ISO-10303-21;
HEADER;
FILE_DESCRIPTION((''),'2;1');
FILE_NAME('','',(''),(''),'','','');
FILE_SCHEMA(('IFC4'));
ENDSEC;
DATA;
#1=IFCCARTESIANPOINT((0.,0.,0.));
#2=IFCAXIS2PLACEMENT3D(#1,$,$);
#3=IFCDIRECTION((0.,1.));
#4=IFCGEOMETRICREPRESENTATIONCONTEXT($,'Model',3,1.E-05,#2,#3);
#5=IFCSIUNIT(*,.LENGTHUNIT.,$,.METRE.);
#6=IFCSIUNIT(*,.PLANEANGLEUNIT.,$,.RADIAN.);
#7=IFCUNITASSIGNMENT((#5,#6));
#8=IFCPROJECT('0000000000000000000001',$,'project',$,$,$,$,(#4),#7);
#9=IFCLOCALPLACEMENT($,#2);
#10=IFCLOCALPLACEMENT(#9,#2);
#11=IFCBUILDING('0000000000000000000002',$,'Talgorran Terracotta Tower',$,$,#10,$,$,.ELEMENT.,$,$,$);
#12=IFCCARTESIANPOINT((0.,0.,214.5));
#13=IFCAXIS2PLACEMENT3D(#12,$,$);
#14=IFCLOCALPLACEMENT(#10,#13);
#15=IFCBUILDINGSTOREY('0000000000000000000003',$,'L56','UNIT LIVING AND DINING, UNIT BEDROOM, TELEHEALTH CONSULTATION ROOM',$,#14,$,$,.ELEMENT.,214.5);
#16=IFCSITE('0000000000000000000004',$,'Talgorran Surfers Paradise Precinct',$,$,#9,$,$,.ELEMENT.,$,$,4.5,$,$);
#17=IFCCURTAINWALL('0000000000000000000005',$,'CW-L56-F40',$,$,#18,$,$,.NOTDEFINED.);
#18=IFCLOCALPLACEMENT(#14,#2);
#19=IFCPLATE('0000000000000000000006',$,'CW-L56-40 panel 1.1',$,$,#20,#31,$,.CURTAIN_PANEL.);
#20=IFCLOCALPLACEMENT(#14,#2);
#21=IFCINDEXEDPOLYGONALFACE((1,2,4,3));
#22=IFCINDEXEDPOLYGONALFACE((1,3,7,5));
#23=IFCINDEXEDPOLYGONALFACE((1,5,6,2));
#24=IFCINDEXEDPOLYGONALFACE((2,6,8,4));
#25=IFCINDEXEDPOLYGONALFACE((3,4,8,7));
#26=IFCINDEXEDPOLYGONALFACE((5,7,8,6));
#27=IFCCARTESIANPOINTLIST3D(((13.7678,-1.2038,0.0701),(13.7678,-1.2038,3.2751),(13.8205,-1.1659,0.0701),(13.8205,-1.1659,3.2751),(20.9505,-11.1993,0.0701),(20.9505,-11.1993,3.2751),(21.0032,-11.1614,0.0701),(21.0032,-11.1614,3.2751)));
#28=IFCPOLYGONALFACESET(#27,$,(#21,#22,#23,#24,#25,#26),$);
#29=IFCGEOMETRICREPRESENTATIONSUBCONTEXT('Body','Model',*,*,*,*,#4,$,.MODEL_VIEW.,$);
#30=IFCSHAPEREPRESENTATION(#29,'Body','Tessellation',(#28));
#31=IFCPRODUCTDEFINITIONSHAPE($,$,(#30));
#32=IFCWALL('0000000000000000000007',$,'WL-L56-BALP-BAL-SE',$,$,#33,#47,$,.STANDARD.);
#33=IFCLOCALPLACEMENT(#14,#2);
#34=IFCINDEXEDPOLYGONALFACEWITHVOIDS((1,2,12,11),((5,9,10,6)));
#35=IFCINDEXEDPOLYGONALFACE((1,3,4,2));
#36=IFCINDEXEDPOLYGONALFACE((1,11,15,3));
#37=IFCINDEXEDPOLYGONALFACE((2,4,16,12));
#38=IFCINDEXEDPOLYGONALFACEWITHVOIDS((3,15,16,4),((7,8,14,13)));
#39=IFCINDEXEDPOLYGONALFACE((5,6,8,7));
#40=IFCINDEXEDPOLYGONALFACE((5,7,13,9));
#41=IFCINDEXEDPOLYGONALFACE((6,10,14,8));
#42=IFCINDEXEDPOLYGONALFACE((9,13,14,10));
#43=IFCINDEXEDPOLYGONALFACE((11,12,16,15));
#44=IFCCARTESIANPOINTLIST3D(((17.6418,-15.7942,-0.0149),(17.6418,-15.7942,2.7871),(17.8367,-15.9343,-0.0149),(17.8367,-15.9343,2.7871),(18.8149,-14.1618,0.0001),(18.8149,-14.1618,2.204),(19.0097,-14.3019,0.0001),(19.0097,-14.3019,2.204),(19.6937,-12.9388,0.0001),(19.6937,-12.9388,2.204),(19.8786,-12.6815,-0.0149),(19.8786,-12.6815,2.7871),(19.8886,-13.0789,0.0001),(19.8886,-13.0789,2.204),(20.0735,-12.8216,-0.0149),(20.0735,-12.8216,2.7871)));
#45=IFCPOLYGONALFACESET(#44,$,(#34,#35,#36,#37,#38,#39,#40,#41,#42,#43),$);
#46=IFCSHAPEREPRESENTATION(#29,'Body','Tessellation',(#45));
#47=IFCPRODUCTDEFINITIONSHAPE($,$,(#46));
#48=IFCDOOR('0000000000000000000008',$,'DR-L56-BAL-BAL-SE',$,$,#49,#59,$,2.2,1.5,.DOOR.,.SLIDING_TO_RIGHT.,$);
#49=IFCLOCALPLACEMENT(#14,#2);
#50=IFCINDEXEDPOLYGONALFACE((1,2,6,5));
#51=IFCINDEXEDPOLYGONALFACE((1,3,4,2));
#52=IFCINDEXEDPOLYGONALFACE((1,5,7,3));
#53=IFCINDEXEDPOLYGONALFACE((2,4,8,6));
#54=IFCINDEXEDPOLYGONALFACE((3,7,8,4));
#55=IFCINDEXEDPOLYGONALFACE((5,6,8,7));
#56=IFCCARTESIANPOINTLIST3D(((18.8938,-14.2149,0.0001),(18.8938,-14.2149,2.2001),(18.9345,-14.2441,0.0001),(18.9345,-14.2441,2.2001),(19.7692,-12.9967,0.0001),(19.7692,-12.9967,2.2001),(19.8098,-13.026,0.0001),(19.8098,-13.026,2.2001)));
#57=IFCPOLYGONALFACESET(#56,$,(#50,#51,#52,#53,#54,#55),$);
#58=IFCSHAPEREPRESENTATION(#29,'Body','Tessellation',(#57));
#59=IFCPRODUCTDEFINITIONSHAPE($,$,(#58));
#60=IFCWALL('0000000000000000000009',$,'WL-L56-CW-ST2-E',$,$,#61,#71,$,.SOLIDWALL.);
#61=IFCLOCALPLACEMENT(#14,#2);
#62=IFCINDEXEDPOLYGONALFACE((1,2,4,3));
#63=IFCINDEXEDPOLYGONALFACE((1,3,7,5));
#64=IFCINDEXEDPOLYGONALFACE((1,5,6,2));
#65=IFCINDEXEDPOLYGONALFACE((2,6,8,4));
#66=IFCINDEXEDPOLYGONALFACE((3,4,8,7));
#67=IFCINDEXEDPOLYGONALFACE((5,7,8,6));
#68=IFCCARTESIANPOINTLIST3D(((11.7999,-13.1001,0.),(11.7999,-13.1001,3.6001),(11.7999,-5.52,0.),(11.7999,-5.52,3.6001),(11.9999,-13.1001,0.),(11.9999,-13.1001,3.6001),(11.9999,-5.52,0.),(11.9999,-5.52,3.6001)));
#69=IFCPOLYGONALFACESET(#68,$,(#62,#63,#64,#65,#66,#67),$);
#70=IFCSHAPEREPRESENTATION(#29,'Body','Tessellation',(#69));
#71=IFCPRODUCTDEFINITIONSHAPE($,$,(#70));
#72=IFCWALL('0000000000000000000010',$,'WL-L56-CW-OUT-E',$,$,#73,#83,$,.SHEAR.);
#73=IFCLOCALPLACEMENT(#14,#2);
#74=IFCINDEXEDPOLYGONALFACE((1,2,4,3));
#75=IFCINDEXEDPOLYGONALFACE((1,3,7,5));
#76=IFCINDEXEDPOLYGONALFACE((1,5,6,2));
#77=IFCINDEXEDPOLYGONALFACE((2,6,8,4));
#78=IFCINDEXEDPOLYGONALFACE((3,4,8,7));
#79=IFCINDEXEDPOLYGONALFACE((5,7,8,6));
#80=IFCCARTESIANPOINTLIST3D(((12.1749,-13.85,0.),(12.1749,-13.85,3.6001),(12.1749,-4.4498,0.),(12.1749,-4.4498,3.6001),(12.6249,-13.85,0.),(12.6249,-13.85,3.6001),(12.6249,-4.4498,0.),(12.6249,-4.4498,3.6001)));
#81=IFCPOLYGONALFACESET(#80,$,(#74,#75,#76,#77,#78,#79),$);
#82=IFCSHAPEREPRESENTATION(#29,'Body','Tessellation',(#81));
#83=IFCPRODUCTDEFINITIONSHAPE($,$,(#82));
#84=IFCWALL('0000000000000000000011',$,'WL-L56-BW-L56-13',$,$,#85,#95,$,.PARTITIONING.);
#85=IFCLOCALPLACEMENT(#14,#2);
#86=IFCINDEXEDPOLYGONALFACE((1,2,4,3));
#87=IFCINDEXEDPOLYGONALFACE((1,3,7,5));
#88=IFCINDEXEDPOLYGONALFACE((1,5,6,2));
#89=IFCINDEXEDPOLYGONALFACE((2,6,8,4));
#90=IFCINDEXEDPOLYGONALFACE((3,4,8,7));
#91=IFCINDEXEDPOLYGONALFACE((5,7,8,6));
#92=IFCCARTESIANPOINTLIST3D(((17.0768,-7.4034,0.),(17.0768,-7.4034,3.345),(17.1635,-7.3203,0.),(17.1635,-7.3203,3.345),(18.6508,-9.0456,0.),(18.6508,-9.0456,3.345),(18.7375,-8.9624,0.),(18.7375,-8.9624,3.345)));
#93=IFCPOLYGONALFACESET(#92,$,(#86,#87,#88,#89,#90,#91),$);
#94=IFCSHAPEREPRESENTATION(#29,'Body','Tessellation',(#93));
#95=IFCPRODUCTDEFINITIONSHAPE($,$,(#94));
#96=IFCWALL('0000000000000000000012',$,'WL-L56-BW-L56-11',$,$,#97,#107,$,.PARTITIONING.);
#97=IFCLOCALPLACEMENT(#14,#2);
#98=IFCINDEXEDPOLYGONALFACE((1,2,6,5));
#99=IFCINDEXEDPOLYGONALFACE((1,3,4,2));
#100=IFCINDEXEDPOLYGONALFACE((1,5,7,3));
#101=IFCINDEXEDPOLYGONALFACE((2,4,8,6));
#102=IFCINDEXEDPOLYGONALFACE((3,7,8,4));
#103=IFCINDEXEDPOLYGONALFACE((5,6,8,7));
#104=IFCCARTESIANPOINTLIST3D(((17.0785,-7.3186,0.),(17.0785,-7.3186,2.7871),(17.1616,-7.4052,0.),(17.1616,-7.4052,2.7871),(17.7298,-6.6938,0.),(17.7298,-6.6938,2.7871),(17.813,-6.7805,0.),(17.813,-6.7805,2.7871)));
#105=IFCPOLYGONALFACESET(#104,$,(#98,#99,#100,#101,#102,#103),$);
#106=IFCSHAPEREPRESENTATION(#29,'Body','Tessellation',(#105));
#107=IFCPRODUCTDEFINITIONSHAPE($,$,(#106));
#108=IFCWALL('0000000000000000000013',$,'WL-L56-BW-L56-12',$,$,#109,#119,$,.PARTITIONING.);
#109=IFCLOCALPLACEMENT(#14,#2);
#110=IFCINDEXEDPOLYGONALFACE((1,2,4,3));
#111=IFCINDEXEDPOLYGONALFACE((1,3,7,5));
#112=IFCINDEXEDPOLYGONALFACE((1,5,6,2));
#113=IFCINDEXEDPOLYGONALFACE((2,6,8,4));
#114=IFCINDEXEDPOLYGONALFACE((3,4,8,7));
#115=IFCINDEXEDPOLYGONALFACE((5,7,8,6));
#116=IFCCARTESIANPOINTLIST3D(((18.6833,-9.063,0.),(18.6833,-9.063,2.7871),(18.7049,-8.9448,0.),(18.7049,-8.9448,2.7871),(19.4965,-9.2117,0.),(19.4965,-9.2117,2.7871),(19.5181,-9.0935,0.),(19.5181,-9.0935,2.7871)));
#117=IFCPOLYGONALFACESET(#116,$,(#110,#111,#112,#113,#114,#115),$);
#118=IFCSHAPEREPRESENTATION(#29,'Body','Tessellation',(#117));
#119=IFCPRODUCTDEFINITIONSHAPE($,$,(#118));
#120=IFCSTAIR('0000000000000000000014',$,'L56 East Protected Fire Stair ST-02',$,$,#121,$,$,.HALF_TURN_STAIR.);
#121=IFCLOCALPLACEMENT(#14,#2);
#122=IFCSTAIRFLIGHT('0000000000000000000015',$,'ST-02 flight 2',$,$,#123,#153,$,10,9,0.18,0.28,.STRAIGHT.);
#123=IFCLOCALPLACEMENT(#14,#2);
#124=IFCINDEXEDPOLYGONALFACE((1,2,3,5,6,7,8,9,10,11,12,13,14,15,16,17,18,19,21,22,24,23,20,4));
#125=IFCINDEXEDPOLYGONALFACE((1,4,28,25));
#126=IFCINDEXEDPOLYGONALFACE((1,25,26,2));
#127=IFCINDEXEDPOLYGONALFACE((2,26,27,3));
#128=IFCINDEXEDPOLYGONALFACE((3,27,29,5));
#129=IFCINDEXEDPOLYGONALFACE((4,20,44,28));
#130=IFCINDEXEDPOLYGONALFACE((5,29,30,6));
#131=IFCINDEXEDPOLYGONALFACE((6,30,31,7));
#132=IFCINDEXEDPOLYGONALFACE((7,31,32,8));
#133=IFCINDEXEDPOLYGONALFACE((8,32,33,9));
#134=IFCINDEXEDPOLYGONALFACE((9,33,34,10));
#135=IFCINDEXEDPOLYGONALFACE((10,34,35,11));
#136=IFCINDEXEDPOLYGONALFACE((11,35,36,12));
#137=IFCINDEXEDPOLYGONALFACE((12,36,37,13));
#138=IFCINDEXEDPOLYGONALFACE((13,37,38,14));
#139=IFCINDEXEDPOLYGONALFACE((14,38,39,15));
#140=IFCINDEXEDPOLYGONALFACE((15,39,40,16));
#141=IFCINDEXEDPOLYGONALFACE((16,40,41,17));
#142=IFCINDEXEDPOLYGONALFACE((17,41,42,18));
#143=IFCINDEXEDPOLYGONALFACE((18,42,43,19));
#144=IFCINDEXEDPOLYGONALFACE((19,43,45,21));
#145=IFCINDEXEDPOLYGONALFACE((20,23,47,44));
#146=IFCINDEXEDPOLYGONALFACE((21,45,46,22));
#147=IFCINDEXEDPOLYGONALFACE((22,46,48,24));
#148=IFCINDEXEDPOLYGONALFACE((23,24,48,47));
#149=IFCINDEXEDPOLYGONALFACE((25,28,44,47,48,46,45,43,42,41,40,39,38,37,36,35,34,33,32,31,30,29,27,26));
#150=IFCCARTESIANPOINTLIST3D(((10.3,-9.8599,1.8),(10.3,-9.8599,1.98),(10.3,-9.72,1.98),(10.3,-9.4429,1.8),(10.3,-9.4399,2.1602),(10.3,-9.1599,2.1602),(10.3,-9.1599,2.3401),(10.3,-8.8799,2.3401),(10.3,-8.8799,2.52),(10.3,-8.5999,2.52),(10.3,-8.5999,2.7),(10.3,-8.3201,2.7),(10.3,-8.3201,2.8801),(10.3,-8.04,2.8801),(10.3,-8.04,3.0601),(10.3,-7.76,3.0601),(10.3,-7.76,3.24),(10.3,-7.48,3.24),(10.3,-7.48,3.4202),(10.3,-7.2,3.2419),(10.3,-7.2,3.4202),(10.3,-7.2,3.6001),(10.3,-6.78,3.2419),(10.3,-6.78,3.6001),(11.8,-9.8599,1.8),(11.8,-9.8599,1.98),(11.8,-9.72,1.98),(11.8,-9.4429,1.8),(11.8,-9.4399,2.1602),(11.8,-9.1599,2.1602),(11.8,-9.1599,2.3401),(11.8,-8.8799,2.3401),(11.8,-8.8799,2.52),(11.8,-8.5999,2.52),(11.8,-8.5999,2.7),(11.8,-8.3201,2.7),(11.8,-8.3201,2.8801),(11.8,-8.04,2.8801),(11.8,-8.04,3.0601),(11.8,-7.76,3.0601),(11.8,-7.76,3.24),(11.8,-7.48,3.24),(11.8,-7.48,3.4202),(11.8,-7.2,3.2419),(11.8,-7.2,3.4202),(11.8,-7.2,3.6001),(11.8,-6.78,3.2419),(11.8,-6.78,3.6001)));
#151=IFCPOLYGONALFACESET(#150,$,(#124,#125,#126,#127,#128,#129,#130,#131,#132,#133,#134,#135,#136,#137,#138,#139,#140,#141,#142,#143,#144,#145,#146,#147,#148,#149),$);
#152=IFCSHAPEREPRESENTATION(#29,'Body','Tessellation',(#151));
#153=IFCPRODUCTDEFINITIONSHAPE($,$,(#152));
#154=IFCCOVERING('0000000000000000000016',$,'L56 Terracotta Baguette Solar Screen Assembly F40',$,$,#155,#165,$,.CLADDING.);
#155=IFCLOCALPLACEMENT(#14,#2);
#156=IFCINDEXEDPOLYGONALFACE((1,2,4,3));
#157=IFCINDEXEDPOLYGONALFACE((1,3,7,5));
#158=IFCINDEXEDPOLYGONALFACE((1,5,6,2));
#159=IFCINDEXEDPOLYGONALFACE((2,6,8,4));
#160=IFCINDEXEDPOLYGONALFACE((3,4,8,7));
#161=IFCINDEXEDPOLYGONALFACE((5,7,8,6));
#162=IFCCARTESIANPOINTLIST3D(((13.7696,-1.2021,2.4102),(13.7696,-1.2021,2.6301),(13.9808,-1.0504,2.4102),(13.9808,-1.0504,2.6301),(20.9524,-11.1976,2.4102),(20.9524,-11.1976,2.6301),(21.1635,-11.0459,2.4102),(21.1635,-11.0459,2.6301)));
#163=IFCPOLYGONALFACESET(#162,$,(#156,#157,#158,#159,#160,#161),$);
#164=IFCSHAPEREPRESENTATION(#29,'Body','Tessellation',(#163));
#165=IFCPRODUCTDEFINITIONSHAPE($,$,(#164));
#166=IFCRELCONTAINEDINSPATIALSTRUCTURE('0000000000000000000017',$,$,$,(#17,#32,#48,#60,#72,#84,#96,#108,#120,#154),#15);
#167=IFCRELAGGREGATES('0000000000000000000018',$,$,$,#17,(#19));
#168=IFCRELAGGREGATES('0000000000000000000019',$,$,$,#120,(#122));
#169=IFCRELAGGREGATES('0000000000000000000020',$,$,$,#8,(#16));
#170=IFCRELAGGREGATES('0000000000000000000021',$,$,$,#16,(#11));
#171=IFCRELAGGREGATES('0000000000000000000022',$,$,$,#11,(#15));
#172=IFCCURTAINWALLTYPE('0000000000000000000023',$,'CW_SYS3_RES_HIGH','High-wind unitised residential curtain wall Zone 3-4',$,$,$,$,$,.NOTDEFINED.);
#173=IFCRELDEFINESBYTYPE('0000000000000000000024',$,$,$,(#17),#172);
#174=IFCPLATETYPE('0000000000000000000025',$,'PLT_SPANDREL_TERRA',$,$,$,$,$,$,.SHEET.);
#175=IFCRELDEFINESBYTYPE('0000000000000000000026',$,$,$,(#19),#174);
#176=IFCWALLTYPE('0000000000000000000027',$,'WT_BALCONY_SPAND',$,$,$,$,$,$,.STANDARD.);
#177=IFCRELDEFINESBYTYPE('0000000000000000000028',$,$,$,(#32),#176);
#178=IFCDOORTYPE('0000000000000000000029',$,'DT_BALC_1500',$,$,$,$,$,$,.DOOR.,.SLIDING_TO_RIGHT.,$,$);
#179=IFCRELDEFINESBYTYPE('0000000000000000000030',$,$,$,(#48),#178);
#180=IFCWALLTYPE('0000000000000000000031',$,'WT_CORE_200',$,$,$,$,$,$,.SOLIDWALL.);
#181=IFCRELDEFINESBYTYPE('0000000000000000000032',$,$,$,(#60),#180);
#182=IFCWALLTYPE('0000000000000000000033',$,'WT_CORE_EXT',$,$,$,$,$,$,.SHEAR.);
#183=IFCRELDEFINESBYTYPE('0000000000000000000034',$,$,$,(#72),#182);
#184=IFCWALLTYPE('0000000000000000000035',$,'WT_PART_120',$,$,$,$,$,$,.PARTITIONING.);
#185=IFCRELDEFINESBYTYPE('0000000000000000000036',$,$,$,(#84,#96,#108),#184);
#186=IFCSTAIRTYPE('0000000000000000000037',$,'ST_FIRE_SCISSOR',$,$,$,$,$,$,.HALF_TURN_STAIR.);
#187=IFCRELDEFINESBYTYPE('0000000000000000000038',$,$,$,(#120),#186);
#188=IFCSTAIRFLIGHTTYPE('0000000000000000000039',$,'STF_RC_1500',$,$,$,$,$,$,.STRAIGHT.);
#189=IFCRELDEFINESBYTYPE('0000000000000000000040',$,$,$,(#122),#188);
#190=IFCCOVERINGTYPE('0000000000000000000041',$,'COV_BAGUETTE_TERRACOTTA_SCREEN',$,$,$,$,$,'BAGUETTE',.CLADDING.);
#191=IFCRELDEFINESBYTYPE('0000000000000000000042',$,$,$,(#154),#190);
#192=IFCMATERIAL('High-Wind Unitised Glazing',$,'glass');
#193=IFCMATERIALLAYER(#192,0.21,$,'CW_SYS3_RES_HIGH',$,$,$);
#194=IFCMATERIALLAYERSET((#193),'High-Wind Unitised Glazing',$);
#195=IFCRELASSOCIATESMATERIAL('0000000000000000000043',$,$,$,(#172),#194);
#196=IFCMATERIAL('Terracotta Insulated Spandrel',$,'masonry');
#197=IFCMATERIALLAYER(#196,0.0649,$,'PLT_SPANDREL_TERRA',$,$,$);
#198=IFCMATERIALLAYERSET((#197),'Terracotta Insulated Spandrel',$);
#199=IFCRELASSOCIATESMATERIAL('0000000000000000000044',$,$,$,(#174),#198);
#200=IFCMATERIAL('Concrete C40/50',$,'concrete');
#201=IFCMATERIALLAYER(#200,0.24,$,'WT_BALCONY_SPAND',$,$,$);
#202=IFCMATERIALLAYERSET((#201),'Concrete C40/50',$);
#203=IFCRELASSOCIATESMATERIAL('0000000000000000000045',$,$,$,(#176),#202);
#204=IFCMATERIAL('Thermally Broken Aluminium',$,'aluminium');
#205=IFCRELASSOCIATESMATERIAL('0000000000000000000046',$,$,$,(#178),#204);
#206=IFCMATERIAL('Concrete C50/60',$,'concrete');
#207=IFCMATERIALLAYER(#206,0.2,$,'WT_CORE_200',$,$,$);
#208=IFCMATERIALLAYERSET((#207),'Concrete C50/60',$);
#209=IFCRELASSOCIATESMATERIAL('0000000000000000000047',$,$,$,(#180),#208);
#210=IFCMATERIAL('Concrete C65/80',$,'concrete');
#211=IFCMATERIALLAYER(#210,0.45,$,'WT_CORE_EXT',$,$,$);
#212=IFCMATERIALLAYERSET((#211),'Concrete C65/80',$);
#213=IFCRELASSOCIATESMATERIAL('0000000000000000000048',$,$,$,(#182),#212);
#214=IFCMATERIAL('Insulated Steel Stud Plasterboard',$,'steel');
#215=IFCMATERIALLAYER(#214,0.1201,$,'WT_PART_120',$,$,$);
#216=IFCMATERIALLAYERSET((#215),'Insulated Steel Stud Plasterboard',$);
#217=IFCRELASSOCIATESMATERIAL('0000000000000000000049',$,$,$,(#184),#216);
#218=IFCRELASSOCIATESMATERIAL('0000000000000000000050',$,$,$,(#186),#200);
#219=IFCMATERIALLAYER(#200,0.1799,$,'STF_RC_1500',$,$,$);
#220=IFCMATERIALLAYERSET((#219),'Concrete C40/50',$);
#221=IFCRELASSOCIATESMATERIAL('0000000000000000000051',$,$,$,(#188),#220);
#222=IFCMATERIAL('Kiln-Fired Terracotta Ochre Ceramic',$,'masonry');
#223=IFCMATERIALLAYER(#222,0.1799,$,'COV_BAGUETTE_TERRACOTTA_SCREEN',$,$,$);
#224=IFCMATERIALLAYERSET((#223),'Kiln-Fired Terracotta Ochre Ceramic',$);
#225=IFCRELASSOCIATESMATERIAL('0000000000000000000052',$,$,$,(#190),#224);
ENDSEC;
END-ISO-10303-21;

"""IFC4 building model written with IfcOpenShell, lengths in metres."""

from ifc_helpers import new_model, si_unit, direction, frame, frame_2d, origin, origin_2d, place, context, subcontext, project, spatial, polyline, rectangle, outline, extrude, source, transform, mapped, material, layer, layer_set, type_object, element, fill, aggregate, save


model = new_model("IFC4")

# Units and contexts
model_context = context("Model", 3, precision=1e-05, world=origin(), true_north=direction((0.0, 1.0)))
body_context = subcontext(model_context, "Body", "Model", "MODEL_VIEW")
ifc_project = project(units=[si_unit("LENGTHUNIT", "METRE"), si_unit("PLANEANGLEUNIT", "RADIAN")], contexts=[model_context])

# Site, building, storey
site_placement = place(None, origin())
site = spatial("IfcSite", under=ifc_project, at=site_placement, Name="Talgorran Surfers Paradise Precinct", CompositionType="ELEMENT", RefElevation=4.5)
building_placement = place(site_placement, origin())
building = spatial("IfcBuilding", under=site, at=building_placement, Name="Talgorran Terracotta Tower", CompositionType="ELEMENT")
storey_placement = place(building_placement, frame((0.0, 0.0, 214.5)))
storey = spatial("IfcBuildingStorey", under=building, at=storey_placement, Name="L56", Description="UNIT LIVING AND DINING, UNIT BEDROOM, TELEHEALTH CONSULTATION ROOM", CompositionType="ELEMENT", Elevation=214.5)

# Shared definitions
ifc_material_1 = material(Name="High-Wind Unitised Glazing", Category="glass")
ifc_layer_1 = layer(ifc_material_1, 0.21, Name="CW_SYS3_RES_HIGH")
ifc_layer_set_1 = layer_set([ifc_layer_1], Name="High-Wind Unitised Glazing")
curtain_wall_type = type_object("IfcCurtainWallType", Name="CW_SYS3_RES_HIGH", Description="High-wind unitised residential curtain wall Zone 3-4", PredefinedType="NOTDEFINED", material=ifc_layer_set_1)

# Curtain wall
curtain_wall_1_placement = place(storey_placement, origin())
curtain_wall_1 = element("IfcCurtainWall", 1, at=curtain_wall_1_placement, inside=storey, type_object=curtain_wall_type, Name="CW-L56-F40", PredefinedType="NOTDEFINED")

# Plate
ifc_material_2 = material(Name="Terracotta Insulated Spandrel", Category="masonry")
ifc_layer_2 = layer(ifc_material_2, 0.0649, Name="PLT_SPANDREL_TERRA")
ifc_layer_set_2 = layer_set([ifc_layer_2], Name="Terracotta Insulated Spandrel")
plate_type_1 = type_object("IfcPlateType", Name="PLT_SPANDREL_TERRA", PredefinedType="SHEET", material=ifc_layer_set_2)
shared_shape_1 = source(origin(), body_context, "Body", "SweptSolid", [
    extrude(rectangle(XDim=12.3086, YDim=0.0649, at=origin_2d()), origin(), (0.0, 0.0, 1.0), 3.2051),
])
plate_1_placement = place(storey_placement, frame((17.3855, -6.1826, 0.0701), z_axis=(0.0, 0.0, 1.0), x_axis=(-0.583552, 0.812076, 0.0)))
plate_1 = element("IfcPlate", 2, at=plate_1_placement, type_object=plate_type_1, Name="CW-L56-40 panel 1.1", PredefinedType="CURTAIN_PANEL", context=body_context, shape_type="MappedRepresentation", body=[
    mapped(shared_shape_1, transform((0.0, 0.0, 0.0), scale=1.0)),
])
aggregate(curtain_wall_1, [plate_1])

# Wall, opening, door
ifc_material_3 = material(Name="Concrete C40/50", Category="concrete")
ifc_layer_3 = layer(ifc_material_3, 0.24, Name="WT_BALCONY_SPAND")
ifc_layer_set_3 = layer_set([ifc_layer_3], Name="Concrete C40/50")
wall_type_1 = type_object("IfcWallType", Name="WT_BALCONY_SPAND", PredefinedType="STANDARD", material=ifc_layer_set_3)
wall_1_placement = place(storey_placement, frame((17.7393, -15.8643, -0.0149), z_axis=(0.0, 0.0, 1.0), x_axis=(0.583549, 0.812078, 0.0)))
wall_1 = element("IfcWall", 3, at=wall_1_placement, inside=storey, type_object=wall_type_1, Name="WL-L56-BALP-BAL-SE", PredefinedType="STANDARD", context=body_context, shape_type="SweptSolid", body=[
    extrude(rectangle(XDim=3.833, YDim=0.24, at=frame_2d((1.9165, 0.0))), origin(), (0.0, 0.0, 1.0), 2.802),
])
opening_placement = place(wall_1_placement, frame((2.0132, 0.0, 0.0149)))
opening = element("IfcOpeningElement", 4, at=opening_placement, cuts=wall_1, PredefinedType="OPENING", context=body_context, shape_type="SweptSolid", body=[
    extrude(rectangle(XDim=1.506, YDim=2.204, at=frame_2d((0.75, 1.1021))), frame((0.0, 0.1299, 0.0), z_axis=(0.0, -1.0, 0.0), x_axis=(1.0, 0.0, 0.0)), (0.0, 0.0, 1.0), 0.26),
])
ifc_material_4 = material(Name="Thermally Broken Aluminium", Category="aluminium")
door_type = type_object("IfcDoorType", Name="DT_BALC_1500", OperationType="SLIDING_TO_RIGHT", PredefinedType="DOOR", material=ifc_material_4)
door_placement = place(opening_placement, origin())
door = element("IfcDoor", 5, at=door_placement, inside=storey, type_object=door_type, Name="DR-L56-BAL-BAL-SE", OperationType="SLIDING_TO_RIGHT", OverallHeight=2.2, OverallWidth=1.5, PredefinedType="DOOR", context=body_context, shape_type="SweptSolid", body=[
    extrude(rectangle(XDim=1.5, YDim=2.2, at=frame_2d((0.75, 1.1001))), frame((0.0, 0.0249, 0.0), z_axis=(0.0, -1.0, 0.0), x_axis=(1.0, 0.0, 0.0)), (0.0, 0.0, 1.0), 0.05),
])
fill(opening, door)

# Walls
ifc_material_5 = material(Name="Concrete C50/60", Category="concrete")
ifc_layer_4 = layer(ifc_material_5, 0.2, Name="WT_CORE_200")
ifc_layer_set_4 = layer_set([ifc_layer_4], Name="Concrete C50/60")
wall_type_2 = type_object("IfcWallType", Name="WT_CORE_200", PredefinedType="SOLIDWALL", material=ifc_layer_set_4)
wall_2_placement = place(storey_placement, frame((11.8999, -13.1001, 0.0), z_axis=(0.0, 0.0, 1.0), x_axis=(0.0, 1.0, 0.0)))
element("IfcWall", 6, at=wall_2_placement, inside=storey, type_object=wall_type_2, Name="WL-L56-CW-ST2-E", PredefinedType="SOLIDWALL", context=body_context, shape_type="SweptSolid", body=[
    extrude(rectangle(XDim=7.5801, YDim=0.2, at=frame_2d((3.79, 0.0))), origin(), (0.0, 0.0, 1.0), 3.6001),
])
ifc_material_6 = material(Name="Concrete C65/80", Category="concrete")
ifc_layer_5 = layer(ifc_material_6, 0.45, Name="WT_CORE_EXT")
ifc_layer_set_5 = layer_set([ifc_layer_5], Name="Concrete C65/80")
wall_type_3 = type_object("IfcWallType", Name="WT_CORE_EXT", PredefinedType="SHEAR", material=ifc_layer_set_5)
wall_3_placement = place(storey_placement, frame((12.3999, -13.8501, 0.0), z_axis=(0.0, 0.0, 1.0), x_axis=(0.0, 1.0, 0.0)))
element("IfcWall", 7, at=wall_3_placement, inside=storey, type_object=wall_type_3, Name="WL-L56-CW-OUT-E", PredefinedType="SHEAR", context=body_context, shape_type="SweptSolid", body=[
    extrude(rectangle(XDim=9.4001, YDim=0.45, at=frame_2d((4.7002, 0.0))), origin(), (0.0, 0.0, 1.0), 3.6001),
])
ifc_material_7 = material(Name="Insulated Steel Stud Plasterboard", Category="steel")
ifc_layer_6 = layer(ifc_material_7, 0.1201, Name="WT_PART_120")
ifc_layer_set_6 = layer_set([ifc_layer_6], Name="Insulated Steel Stud Plasterboard")
wall_type_4 = type_object("IfcWallType", Name="WT_PART_120", PredefinedType="PARTITIONING", material=ifc_layer_set_6)
wall_4_placement = place(storey_placement, frame((18.6941, -9.0039, 0.0), z_axis=(0.0, 0.0, 1.0), x_axis=(-0.691975, 0.721921, 0.0)))
element("IfcWall", 8, at=wall_4_placement, inside=storey, type_object=wall_type_4, Name="WL-L56-BW-L56-13", PredefinedType="PARTITIONING", context=body_context, shape_type="SweptSolid", body=[
    extrude(rectangle(XDim=2.2747, YDim=0.1201, at=frame_2d((1.1372, 0.0))), origin(), (0.0, 0.0, 1.0), 3.345),
])
wall_5_placement = place(storey_placement, frame((17.1201, -7.3618, 0.0), z_axis=(0.0, 0.0, 1.0), x_axis=(0.721695, 0.692211, 0.0)))
element("IfcWall", 9, at=wall_5_placement, inside=storey, type_object=wall_type_4, Name="WL-L56-BW-L56-11", PredefinedType="PARTITIONING", context=body_context, shape_type="SweptSolid", body=[
    extrude(rectangle(XDim=0.9026, YDim=0.1201, at=frame_2d((0.4512, 0.0))), origin(), (0.0, 0.0, 1.0), 2.7871),
])
wall_6_placement = place(storey_placement, frame((19.5073, -9.1526, 0.0), z_axis=(0.0, 0.0, 1.0), x_axis=(-0.983695, 0.179847, 0.0)))
element("IfcWall", 10, at=wall_6_placement, inside=storey, type_object=wall_type_4, Name="WL-L56-BW-L56-12", PredefinedType="PARTITIONING", context=body_context, shape_type="SweptSolid", body=[
    extrude(rectangle(XDim=0.8267, YDim=0.1201, at=frame_2d((0.4133, 0.0))), origin(), (0.0, 0.0, 1.0), 2.7871),
])

# Stair, stair flight
stair_type = type_object("IfcStairType", Name="ST_FIRE_SCISSOR", PredefinedType="HALF_TURN_STAIR", material=ifc_material_3)
stair_placement = place(storey_placement, origin())
stair = element("IfcStair", 11, at=stair_placement, inside=storey, type_object=stair_type, Name="L56 East Protected Fire Stair ST-02", PredefinedType="HALF_TURN_STAIR")
ifc_layer_7 = layer(ifc_material_3, 0.1799, Name="STF_RC_1500")
ifc_layer_set_7 = layer_set([ifc_layer_7], Name="Concrete C40/50")
stair_flight_type = type_object("IfcStairFlightType", Name="STF_RC_1500", PredefinedType="STRAIGHT", material=ifc_layer_set_7)
stair_flight_placement = place(storey_placement, frame((11.05, -9.72, 1.8), z_axis=(0.0, 0.0, 1.0), x_axis=(0.0, 1.0, 0.0)))
stair_flight = element("IfcStairFlight", 12, at=stair_flight_placement, type_object=stair_flight_type, Name="ST-02 flight 2", NumberOfRisers=10, NumberOfTreads=9, PredefinedType="STRAIGHT", RiserHeight=0.18, TreadLength=0.28, context=body_context, shape_type="SweptSolid", body=[
    extrude(outline(polyline([(-0.1399, 0.0), (-0.1399, 0.1799), (0.0, 0.1799), (0.28, 0.3601), (0.5601, 0.3601), (0.5601, 0.54), (0.8401, 0.54), (0.8401, 0.72), (1.1201, 0.72), (1.1201, 0.8999), (1.3999, 0.8999), (1.3999, 1.0801), (1.6799, 1.0801), (1.6799, 1.26), (1.96, 1.26), (1.96, 1.4399), (2.24, 1.4399), (2.24, 1.6201), (2.52, 1.6201), (2.52, 1.8), (2.9399, 1.8), (2.9399, 1.4419), (2.52, 1.4419), (0.2771, 0.0), (-0.1399, 0.0)])), frame((0.0, 0.75, 0.0), z_axis=(0.0, -1.0, 0.0), x_axis=(1.0, 0.0, 0.0)), (0.0, 0.0, 1.0), 1.5),
])
aggregate(stair, [stair_flight])

# Covering
ifc_material_8 = material(Name="Kiln-Fired Terracotta Ochre Ceramic", Category="masonry")
ifc_layer_8 = layer(ifc_material_8, 0.1799, Name="COV_BAGUETTE_TERRACOTTA_SCREEN")
ifc_layer_set_8 = layer_set([ifc_layer_8], Name="Kiln-Fired Terracotta Ochre Ceramic")
covering_type = type_object("IfcCoveringType", Name="COV_BAGUETTE_TERRACOTTA_SCREEN", ElementType="BAGUETTE", PredefinedType="CLADDING", material=ifc_layer_set_8)
covering_placement = place(storey_placement, frame((17.4666, -6.124, 2.4102), z_axis=(0.0, 0.0, 1.0), x_axis=(-0.583555, 0.812073, 0.0)))
element("IfcCovering", 13, at=covering_placement, inside=storey, type_object=covering_type, Name="L56 Terracotta Baguette Solar Screen Assembly F40", PredefinedType="CLADDING", context=body_context, shape_type="SweptSolid", body=[
    extrude(rectangle(XDim=12.3086, YDim=0.26, at=origin_2d()), origin(), (0.0, 0.0, 1.0), 0.22),
])

save(model, "model.ifc")
